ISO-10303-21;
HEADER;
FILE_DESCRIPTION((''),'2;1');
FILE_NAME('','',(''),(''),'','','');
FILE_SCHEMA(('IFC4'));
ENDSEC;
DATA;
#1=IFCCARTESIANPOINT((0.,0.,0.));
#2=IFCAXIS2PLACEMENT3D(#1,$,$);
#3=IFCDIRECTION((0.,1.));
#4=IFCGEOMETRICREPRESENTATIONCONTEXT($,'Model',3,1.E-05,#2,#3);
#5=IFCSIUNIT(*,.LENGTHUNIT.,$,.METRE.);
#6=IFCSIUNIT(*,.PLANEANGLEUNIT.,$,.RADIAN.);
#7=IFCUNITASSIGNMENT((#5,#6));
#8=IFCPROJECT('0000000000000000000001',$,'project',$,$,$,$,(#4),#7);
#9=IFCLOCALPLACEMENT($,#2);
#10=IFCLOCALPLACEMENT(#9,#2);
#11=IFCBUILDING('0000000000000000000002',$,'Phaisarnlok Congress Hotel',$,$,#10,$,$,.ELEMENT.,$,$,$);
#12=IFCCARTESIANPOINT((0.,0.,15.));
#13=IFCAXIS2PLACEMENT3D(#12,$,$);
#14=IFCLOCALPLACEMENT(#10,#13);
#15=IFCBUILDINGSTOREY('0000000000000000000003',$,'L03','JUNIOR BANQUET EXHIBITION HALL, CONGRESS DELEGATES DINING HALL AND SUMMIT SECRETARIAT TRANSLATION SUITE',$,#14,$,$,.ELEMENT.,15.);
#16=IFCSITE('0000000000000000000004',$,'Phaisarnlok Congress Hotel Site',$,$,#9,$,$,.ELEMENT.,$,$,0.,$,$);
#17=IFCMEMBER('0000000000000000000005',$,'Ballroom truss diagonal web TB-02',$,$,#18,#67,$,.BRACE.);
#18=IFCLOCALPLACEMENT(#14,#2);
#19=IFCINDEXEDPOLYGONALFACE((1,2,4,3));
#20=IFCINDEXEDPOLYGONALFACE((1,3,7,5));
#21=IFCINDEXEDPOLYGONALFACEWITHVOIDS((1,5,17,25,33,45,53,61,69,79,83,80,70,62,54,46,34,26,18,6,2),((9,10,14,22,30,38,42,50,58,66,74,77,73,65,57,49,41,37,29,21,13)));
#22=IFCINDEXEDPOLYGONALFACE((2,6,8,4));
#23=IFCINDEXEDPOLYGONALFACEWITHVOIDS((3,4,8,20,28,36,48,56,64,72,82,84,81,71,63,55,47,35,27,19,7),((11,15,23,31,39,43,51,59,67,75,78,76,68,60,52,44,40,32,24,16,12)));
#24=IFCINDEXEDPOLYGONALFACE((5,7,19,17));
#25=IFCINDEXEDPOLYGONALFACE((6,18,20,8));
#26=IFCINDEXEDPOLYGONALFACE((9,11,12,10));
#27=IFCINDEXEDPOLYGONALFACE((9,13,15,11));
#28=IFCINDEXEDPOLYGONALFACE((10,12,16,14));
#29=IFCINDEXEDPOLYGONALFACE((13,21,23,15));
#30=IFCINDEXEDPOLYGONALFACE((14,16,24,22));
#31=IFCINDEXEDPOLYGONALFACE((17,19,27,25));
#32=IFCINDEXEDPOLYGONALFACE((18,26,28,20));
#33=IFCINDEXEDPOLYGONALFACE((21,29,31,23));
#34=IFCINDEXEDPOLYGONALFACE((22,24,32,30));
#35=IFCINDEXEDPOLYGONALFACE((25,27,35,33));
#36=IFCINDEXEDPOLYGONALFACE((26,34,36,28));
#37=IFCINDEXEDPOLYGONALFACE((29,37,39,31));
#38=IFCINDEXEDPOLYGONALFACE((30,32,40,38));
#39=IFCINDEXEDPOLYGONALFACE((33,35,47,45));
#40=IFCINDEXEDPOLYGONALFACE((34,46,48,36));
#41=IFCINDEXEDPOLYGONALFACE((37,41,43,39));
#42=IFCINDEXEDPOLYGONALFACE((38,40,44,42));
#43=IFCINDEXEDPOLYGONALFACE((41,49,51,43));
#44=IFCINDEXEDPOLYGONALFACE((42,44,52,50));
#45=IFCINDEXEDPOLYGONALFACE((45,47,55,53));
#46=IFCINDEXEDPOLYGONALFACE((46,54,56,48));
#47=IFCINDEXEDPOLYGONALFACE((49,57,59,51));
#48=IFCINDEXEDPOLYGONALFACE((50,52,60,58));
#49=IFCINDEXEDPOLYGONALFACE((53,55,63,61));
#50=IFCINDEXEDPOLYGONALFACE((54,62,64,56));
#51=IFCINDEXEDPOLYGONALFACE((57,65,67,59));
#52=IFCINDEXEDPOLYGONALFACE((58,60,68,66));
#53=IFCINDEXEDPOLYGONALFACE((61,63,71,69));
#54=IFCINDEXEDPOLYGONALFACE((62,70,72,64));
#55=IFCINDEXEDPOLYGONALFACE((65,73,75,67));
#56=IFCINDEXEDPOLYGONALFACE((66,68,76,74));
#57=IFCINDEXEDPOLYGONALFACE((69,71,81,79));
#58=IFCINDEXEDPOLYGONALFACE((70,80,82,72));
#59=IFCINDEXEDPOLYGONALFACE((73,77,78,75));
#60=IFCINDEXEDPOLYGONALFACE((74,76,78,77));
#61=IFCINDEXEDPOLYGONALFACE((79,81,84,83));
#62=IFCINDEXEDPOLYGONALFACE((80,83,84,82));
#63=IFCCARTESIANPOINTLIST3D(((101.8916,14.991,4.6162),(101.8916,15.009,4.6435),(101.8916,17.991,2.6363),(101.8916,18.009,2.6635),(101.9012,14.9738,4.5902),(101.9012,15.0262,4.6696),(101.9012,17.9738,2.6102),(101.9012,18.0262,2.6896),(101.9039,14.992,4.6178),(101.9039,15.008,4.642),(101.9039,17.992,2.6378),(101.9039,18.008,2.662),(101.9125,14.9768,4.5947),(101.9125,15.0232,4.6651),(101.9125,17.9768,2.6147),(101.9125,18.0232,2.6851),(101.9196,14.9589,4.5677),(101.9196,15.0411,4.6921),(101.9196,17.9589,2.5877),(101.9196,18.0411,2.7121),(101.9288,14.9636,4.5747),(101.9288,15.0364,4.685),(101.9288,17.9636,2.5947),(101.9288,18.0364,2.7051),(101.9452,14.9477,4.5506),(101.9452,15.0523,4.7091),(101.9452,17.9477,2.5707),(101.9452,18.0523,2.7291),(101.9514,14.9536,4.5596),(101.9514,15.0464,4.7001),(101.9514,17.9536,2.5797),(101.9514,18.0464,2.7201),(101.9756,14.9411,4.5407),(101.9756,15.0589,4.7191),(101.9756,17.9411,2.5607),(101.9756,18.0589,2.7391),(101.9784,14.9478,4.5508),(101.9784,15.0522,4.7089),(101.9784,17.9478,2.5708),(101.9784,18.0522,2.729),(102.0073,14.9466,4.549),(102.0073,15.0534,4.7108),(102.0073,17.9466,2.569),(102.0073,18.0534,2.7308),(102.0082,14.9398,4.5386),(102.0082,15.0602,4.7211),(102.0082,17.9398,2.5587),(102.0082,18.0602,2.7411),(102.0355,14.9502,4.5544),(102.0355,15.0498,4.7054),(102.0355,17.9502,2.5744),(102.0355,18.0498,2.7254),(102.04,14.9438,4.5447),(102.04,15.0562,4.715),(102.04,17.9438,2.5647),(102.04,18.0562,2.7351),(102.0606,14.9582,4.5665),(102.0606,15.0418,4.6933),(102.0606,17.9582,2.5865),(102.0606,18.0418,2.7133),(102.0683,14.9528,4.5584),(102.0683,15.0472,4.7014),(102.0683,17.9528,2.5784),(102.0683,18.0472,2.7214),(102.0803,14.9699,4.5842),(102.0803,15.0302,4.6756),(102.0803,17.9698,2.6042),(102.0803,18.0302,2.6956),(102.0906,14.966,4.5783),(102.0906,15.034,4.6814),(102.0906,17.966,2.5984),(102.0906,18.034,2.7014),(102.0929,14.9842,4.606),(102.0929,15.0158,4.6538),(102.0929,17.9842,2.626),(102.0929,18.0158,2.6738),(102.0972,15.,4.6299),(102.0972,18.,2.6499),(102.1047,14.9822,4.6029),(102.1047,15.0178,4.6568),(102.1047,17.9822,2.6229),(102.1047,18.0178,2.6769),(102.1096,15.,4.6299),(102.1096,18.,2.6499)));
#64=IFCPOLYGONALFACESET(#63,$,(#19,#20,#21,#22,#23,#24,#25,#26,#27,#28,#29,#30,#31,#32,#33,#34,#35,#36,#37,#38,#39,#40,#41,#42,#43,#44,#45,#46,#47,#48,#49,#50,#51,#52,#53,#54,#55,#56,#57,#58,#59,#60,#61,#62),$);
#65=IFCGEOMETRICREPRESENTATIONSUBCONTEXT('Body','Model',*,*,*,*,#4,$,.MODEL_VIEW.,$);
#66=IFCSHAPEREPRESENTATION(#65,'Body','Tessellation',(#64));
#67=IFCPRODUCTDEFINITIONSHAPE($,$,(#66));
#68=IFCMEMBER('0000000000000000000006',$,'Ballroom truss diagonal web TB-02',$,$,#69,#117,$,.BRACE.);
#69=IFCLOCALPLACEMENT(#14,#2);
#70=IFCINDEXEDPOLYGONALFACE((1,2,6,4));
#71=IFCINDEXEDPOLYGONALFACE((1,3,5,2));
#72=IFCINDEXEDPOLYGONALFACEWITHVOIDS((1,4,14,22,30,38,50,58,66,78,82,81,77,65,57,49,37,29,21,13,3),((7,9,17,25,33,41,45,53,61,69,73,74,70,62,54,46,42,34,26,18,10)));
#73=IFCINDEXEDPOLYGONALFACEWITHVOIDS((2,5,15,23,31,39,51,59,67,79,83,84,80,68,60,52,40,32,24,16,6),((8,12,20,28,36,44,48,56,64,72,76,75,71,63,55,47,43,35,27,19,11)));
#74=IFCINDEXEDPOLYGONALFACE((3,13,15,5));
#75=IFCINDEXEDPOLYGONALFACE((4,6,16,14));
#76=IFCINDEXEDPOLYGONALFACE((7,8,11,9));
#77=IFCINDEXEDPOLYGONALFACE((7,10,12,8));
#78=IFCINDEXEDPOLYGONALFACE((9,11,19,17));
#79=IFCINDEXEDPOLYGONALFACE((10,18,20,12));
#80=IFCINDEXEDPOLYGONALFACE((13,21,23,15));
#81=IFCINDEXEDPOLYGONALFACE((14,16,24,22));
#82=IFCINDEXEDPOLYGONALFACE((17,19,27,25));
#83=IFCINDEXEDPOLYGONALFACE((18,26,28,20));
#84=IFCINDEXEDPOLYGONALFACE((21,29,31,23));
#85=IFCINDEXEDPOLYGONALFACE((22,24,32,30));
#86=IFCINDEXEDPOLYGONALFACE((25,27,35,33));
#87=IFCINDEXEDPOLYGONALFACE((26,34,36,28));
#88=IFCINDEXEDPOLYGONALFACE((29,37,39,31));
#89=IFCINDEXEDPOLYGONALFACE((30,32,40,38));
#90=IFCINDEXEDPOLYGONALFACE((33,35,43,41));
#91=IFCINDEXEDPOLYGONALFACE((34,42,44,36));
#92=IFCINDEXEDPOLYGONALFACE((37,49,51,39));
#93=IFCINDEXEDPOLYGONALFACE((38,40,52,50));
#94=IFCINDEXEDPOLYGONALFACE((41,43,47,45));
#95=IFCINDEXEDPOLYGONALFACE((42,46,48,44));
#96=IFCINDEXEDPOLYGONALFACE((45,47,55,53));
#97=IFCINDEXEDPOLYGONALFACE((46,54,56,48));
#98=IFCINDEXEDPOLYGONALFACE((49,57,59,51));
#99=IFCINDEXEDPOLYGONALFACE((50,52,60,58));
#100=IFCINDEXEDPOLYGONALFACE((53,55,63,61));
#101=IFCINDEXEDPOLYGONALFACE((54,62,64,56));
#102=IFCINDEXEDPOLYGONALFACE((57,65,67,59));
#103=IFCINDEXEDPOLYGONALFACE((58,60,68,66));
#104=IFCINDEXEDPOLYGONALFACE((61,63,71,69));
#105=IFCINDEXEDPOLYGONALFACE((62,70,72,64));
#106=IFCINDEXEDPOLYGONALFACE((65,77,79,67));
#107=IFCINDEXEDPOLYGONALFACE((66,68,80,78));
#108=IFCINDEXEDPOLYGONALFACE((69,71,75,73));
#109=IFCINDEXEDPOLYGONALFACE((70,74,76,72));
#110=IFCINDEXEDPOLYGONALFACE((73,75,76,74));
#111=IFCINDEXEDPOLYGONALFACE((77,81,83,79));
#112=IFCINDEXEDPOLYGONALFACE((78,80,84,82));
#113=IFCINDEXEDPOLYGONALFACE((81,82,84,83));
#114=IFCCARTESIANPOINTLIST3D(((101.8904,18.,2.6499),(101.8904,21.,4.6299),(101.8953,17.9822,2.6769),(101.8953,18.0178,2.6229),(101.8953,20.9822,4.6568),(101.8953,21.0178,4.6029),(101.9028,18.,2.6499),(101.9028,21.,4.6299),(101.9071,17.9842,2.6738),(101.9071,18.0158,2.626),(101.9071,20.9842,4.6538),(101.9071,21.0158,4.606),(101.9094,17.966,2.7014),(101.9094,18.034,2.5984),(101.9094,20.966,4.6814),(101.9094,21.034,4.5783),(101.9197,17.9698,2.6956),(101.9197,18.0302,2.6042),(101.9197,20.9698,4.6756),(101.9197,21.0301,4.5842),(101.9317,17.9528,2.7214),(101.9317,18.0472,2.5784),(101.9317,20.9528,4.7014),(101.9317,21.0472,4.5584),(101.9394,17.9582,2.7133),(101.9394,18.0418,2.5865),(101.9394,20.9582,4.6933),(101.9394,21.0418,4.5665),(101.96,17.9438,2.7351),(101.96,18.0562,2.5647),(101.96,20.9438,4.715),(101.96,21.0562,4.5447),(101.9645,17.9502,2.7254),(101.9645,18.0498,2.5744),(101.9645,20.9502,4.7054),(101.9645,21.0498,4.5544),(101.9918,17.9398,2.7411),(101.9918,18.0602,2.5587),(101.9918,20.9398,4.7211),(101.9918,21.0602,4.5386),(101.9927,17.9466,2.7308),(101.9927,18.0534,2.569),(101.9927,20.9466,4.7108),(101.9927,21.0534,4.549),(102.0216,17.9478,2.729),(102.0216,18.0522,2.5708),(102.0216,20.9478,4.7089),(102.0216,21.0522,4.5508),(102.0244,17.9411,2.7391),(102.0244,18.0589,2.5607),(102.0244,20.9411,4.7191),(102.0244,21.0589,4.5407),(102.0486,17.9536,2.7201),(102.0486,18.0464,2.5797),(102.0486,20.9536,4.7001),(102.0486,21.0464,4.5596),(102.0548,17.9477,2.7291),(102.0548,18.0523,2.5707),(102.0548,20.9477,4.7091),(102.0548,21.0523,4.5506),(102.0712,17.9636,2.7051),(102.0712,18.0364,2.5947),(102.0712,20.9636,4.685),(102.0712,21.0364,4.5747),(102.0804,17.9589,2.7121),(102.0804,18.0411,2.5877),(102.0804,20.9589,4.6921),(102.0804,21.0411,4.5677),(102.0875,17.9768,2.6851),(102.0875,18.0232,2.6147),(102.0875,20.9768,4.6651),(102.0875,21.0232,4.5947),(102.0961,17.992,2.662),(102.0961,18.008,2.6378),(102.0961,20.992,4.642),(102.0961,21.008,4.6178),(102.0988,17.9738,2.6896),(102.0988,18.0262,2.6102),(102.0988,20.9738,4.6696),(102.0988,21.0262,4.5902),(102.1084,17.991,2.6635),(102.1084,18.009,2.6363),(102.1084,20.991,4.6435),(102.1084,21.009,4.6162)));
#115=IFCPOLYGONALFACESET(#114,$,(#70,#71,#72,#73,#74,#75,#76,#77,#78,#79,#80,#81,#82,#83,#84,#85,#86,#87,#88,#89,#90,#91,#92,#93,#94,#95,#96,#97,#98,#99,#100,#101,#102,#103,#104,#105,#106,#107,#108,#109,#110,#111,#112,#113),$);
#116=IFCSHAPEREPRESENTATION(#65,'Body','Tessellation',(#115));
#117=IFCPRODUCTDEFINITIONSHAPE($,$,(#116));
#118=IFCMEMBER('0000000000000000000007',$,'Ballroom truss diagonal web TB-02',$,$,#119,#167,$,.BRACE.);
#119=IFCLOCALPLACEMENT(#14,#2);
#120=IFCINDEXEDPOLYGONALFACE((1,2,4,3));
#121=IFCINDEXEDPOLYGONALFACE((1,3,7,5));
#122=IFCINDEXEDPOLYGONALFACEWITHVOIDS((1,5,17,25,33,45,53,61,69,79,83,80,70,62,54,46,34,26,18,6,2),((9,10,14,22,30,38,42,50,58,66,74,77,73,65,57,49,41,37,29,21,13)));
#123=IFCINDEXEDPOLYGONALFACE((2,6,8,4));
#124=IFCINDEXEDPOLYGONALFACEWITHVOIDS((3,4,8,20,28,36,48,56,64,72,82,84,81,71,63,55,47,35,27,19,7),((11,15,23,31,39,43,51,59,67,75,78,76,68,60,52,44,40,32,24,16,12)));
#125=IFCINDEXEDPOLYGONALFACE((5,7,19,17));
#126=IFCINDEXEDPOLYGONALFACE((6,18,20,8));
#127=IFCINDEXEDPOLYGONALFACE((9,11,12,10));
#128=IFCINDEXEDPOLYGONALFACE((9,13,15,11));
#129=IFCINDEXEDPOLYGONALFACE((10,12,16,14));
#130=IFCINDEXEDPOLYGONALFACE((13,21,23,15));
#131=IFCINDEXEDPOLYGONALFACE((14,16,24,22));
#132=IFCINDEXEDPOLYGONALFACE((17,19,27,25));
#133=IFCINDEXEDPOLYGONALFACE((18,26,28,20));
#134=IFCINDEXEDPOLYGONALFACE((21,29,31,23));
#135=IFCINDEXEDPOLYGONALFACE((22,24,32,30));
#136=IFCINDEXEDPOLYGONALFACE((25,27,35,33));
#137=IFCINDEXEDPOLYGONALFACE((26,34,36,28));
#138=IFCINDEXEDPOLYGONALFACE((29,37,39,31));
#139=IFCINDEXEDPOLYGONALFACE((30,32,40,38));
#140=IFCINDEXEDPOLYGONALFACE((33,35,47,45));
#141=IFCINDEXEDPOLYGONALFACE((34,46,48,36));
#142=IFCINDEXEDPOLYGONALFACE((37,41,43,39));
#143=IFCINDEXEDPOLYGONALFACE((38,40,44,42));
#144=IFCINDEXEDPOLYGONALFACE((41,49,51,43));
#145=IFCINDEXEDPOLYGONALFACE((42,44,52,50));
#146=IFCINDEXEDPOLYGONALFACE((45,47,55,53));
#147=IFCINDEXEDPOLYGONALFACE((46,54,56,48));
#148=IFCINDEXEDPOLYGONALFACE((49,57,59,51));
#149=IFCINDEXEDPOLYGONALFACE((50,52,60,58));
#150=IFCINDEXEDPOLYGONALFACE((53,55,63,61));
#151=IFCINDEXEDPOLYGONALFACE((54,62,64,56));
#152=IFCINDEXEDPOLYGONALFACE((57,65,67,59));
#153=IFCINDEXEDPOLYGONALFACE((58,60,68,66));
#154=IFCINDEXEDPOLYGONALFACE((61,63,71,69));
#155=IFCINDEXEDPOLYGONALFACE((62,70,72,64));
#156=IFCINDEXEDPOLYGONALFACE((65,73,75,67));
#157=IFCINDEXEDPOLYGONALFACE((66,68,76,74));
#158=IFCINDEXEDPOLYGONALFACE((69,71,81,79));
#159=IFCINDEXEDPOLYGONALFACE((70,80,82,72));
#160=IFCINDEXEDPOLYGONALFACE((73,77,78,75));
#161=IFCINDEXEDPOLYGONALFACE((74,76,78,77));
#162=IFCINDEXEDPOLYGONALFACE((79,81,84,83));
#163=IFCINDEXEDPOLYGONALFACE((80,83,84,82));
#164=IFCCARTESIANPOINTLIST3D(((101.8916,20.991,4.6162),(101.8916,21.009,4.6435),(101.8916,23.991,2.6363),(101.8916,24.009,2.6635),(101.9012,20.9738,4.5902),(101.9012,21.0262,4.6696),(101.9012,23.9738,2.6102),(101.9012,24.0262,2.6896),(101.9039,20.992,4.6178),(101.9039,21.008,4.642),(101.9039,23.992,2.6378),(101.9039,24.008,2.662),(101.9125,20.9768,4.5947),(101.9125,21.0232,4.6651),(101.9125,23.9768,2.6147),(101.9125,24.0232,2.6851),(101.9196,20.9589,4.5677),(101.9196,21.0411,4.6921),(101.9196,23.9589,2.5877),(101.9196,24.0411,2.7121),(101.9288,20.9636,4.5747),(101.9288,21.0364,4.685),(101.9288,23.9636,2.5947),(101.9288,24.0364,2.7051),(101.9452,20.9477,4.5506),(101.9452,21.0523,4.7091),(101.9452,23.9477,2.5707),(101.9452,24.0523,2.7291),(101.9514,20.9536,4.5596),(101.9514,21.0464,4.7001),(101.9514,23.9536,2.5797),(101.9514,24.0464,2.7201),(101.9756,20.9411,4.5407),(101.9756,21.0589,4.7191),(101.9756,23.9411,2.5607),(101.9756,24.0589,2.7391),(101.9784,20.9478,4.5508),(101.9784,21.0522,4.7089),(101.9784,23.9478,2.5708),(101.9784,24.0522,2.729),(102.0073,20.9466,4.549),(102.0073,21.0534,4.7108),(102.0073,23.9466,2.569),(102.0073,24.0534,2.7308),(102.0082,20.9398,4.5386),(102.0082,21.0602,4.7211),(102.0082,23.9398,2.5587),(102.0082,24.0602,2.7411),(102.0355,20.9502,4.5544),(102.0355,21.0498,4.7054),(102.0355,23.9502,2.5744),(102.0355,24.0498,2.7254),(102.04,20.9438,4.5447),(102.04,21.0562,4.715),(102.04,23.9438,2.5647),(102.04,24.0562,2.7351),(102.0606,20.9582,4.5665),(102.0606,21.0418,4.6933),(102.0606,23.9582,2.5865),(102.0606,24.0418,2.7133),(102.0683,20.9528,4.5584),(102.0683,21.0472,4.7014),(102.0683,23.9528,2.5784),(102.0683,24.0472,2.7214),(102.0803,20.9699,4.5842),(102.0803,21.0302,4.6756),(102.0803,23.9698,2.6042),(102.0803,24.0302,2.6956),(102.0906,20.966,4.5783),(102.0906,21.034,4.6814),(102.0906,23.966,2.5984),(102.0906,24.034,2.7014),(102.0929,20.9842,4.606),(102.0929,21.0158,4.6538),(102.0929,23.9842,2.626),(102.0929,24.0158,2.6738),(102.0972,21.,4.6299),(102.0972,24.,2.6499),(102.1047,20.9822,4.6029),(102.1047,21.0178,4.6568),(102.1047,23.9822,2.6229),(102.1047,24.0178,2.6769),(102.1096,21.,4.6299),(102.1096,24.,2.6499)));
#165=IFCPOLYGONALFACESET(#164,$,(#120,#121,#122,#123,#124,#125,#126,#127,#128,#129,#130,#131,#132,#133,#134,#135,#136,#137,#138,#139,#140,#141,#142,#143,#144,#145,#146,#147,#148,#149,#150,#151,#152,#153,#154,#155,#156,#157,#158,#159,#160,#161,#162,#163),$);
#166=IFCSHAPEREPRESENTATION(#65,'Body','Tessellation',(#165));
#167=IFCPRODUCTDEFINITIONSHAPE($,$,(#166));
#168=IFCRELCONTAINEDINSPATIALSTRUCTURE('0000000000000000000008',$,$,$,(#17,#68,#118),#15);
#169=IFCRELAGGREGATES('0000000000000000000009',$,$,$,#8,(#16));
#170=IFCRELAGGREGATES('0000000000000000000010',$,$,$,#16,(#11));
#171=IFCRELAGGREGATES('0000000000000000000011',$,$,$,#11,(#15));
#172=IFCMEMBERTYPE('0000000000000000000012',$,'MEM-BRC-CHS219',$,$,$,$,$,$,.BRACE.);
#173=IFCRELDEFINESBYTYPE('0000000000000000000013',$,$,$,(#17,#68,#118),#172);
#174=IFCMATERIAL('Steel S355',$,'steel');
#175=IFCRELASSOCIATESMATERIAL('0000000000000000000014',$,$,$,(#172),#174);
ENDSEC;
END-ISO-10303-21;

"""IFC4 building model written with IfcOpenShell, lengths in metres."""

from ifc_helpers import new_model, si_unit, direction, frame, origin, origin_2d, place, context, subcontext, project, spatial, hollow_circle, extrude, material, material_profile, profile_set, type_object, element, save


model = new_model("IFC4")

# Units and contexts
model_context = context("Model", 3, precision=1e-05, world=origin(), true_north=direction((0.0, 1.0)))
body_context = subcontext(model_context, "Body", "Model", "MODEL_VIEW")
ifc_project = project(units=[si_unit("LENGTHUNIT", "METRE"), si_unit("PLANEANGLEUNIT", "RADIAN")], contexts=[model_context])

# Site, building, storey
site_placement = place(None, origin())
site = spatial("IfcSite", under=ifc_project, at=site_placement, Name="Phaisarnlok Congress Hotel Site", CompositionType="ELEMENT", RefElevation=0.0)
building_placement = place(site_placement, origin())
building = spatial("IfcBuilding", under=site, at=building_placement, Name="Phaisarnlok Congress Hotel", CompositionType="ELEMENT")
storey_placement = place(building_placement, frame((0.0, 0.0, 15.0)))
storey = spatial("IfcBuildingStorey", under=building, at=storey_placement, Name="L03", Description="JUNIOR BANQUET EXHIBITION HALL, CONGRESS DELEGATES DINING HALL AND SUMMIT SECRETARIAT TRANSLATION SUITE", CompositionType="ELEMENT", Elevation=15.0)

# Members
ifc_material_1 = material(Name="Steel S355", Category="steel")
ifc_material_profile_1 = material_profile(ifc_material_1, hollow_circle(Radius=0.1096, WallThickness=0.0125, at=origin_2d()), Name="CHS 219.1x12.5")
ifc_profile_set_1 = profile_set([ifc_material_profile_1], Name="Steel S355")
member_type_1 = type_object("IfcMemberType", Name="MEM-BRC-CHS219", PredefinedType="BRACE", material=ifc_profile_set_1)
for number, where, z_axis, x_axis, name in (
    (1, (102.0, 18.0, 2.6499), (0.0, -0.834612, 0.550838), (1.0, 0.0, 0.0), "Ballroom truss diagonal web TB-02"),
    (2, (102.0, 18.0, 2.6499), (0.0, 0.834612, 0.550838), (-1.0, 0.0, 0.0), "Ballroom truss diagonal web TB-02"),
    (3, (102.0, 24.0, 2.6499), (0.0, -0.834612, 0.550838), (1.0, 0.0, 0.0), "Ballroom truss diagonal web TB-02"),
):
    element("IfcMember", number, at=place(storey_placement, frame(where, z_axis=z_axis, x_axis=x_axis)), inside=storey, type_object=member_type_1, Name=name, PredefinedType="BRACE", context=body_context, shape_type="SweptSolid", body=[
        extrude(hollow_circle(Radius=0.1096, WallThickness=0.0125, at=origin_2d()), origin(), (0.0, 0.0, 1.0), 3.5945),
    ])

save(model, "model.ifc")
